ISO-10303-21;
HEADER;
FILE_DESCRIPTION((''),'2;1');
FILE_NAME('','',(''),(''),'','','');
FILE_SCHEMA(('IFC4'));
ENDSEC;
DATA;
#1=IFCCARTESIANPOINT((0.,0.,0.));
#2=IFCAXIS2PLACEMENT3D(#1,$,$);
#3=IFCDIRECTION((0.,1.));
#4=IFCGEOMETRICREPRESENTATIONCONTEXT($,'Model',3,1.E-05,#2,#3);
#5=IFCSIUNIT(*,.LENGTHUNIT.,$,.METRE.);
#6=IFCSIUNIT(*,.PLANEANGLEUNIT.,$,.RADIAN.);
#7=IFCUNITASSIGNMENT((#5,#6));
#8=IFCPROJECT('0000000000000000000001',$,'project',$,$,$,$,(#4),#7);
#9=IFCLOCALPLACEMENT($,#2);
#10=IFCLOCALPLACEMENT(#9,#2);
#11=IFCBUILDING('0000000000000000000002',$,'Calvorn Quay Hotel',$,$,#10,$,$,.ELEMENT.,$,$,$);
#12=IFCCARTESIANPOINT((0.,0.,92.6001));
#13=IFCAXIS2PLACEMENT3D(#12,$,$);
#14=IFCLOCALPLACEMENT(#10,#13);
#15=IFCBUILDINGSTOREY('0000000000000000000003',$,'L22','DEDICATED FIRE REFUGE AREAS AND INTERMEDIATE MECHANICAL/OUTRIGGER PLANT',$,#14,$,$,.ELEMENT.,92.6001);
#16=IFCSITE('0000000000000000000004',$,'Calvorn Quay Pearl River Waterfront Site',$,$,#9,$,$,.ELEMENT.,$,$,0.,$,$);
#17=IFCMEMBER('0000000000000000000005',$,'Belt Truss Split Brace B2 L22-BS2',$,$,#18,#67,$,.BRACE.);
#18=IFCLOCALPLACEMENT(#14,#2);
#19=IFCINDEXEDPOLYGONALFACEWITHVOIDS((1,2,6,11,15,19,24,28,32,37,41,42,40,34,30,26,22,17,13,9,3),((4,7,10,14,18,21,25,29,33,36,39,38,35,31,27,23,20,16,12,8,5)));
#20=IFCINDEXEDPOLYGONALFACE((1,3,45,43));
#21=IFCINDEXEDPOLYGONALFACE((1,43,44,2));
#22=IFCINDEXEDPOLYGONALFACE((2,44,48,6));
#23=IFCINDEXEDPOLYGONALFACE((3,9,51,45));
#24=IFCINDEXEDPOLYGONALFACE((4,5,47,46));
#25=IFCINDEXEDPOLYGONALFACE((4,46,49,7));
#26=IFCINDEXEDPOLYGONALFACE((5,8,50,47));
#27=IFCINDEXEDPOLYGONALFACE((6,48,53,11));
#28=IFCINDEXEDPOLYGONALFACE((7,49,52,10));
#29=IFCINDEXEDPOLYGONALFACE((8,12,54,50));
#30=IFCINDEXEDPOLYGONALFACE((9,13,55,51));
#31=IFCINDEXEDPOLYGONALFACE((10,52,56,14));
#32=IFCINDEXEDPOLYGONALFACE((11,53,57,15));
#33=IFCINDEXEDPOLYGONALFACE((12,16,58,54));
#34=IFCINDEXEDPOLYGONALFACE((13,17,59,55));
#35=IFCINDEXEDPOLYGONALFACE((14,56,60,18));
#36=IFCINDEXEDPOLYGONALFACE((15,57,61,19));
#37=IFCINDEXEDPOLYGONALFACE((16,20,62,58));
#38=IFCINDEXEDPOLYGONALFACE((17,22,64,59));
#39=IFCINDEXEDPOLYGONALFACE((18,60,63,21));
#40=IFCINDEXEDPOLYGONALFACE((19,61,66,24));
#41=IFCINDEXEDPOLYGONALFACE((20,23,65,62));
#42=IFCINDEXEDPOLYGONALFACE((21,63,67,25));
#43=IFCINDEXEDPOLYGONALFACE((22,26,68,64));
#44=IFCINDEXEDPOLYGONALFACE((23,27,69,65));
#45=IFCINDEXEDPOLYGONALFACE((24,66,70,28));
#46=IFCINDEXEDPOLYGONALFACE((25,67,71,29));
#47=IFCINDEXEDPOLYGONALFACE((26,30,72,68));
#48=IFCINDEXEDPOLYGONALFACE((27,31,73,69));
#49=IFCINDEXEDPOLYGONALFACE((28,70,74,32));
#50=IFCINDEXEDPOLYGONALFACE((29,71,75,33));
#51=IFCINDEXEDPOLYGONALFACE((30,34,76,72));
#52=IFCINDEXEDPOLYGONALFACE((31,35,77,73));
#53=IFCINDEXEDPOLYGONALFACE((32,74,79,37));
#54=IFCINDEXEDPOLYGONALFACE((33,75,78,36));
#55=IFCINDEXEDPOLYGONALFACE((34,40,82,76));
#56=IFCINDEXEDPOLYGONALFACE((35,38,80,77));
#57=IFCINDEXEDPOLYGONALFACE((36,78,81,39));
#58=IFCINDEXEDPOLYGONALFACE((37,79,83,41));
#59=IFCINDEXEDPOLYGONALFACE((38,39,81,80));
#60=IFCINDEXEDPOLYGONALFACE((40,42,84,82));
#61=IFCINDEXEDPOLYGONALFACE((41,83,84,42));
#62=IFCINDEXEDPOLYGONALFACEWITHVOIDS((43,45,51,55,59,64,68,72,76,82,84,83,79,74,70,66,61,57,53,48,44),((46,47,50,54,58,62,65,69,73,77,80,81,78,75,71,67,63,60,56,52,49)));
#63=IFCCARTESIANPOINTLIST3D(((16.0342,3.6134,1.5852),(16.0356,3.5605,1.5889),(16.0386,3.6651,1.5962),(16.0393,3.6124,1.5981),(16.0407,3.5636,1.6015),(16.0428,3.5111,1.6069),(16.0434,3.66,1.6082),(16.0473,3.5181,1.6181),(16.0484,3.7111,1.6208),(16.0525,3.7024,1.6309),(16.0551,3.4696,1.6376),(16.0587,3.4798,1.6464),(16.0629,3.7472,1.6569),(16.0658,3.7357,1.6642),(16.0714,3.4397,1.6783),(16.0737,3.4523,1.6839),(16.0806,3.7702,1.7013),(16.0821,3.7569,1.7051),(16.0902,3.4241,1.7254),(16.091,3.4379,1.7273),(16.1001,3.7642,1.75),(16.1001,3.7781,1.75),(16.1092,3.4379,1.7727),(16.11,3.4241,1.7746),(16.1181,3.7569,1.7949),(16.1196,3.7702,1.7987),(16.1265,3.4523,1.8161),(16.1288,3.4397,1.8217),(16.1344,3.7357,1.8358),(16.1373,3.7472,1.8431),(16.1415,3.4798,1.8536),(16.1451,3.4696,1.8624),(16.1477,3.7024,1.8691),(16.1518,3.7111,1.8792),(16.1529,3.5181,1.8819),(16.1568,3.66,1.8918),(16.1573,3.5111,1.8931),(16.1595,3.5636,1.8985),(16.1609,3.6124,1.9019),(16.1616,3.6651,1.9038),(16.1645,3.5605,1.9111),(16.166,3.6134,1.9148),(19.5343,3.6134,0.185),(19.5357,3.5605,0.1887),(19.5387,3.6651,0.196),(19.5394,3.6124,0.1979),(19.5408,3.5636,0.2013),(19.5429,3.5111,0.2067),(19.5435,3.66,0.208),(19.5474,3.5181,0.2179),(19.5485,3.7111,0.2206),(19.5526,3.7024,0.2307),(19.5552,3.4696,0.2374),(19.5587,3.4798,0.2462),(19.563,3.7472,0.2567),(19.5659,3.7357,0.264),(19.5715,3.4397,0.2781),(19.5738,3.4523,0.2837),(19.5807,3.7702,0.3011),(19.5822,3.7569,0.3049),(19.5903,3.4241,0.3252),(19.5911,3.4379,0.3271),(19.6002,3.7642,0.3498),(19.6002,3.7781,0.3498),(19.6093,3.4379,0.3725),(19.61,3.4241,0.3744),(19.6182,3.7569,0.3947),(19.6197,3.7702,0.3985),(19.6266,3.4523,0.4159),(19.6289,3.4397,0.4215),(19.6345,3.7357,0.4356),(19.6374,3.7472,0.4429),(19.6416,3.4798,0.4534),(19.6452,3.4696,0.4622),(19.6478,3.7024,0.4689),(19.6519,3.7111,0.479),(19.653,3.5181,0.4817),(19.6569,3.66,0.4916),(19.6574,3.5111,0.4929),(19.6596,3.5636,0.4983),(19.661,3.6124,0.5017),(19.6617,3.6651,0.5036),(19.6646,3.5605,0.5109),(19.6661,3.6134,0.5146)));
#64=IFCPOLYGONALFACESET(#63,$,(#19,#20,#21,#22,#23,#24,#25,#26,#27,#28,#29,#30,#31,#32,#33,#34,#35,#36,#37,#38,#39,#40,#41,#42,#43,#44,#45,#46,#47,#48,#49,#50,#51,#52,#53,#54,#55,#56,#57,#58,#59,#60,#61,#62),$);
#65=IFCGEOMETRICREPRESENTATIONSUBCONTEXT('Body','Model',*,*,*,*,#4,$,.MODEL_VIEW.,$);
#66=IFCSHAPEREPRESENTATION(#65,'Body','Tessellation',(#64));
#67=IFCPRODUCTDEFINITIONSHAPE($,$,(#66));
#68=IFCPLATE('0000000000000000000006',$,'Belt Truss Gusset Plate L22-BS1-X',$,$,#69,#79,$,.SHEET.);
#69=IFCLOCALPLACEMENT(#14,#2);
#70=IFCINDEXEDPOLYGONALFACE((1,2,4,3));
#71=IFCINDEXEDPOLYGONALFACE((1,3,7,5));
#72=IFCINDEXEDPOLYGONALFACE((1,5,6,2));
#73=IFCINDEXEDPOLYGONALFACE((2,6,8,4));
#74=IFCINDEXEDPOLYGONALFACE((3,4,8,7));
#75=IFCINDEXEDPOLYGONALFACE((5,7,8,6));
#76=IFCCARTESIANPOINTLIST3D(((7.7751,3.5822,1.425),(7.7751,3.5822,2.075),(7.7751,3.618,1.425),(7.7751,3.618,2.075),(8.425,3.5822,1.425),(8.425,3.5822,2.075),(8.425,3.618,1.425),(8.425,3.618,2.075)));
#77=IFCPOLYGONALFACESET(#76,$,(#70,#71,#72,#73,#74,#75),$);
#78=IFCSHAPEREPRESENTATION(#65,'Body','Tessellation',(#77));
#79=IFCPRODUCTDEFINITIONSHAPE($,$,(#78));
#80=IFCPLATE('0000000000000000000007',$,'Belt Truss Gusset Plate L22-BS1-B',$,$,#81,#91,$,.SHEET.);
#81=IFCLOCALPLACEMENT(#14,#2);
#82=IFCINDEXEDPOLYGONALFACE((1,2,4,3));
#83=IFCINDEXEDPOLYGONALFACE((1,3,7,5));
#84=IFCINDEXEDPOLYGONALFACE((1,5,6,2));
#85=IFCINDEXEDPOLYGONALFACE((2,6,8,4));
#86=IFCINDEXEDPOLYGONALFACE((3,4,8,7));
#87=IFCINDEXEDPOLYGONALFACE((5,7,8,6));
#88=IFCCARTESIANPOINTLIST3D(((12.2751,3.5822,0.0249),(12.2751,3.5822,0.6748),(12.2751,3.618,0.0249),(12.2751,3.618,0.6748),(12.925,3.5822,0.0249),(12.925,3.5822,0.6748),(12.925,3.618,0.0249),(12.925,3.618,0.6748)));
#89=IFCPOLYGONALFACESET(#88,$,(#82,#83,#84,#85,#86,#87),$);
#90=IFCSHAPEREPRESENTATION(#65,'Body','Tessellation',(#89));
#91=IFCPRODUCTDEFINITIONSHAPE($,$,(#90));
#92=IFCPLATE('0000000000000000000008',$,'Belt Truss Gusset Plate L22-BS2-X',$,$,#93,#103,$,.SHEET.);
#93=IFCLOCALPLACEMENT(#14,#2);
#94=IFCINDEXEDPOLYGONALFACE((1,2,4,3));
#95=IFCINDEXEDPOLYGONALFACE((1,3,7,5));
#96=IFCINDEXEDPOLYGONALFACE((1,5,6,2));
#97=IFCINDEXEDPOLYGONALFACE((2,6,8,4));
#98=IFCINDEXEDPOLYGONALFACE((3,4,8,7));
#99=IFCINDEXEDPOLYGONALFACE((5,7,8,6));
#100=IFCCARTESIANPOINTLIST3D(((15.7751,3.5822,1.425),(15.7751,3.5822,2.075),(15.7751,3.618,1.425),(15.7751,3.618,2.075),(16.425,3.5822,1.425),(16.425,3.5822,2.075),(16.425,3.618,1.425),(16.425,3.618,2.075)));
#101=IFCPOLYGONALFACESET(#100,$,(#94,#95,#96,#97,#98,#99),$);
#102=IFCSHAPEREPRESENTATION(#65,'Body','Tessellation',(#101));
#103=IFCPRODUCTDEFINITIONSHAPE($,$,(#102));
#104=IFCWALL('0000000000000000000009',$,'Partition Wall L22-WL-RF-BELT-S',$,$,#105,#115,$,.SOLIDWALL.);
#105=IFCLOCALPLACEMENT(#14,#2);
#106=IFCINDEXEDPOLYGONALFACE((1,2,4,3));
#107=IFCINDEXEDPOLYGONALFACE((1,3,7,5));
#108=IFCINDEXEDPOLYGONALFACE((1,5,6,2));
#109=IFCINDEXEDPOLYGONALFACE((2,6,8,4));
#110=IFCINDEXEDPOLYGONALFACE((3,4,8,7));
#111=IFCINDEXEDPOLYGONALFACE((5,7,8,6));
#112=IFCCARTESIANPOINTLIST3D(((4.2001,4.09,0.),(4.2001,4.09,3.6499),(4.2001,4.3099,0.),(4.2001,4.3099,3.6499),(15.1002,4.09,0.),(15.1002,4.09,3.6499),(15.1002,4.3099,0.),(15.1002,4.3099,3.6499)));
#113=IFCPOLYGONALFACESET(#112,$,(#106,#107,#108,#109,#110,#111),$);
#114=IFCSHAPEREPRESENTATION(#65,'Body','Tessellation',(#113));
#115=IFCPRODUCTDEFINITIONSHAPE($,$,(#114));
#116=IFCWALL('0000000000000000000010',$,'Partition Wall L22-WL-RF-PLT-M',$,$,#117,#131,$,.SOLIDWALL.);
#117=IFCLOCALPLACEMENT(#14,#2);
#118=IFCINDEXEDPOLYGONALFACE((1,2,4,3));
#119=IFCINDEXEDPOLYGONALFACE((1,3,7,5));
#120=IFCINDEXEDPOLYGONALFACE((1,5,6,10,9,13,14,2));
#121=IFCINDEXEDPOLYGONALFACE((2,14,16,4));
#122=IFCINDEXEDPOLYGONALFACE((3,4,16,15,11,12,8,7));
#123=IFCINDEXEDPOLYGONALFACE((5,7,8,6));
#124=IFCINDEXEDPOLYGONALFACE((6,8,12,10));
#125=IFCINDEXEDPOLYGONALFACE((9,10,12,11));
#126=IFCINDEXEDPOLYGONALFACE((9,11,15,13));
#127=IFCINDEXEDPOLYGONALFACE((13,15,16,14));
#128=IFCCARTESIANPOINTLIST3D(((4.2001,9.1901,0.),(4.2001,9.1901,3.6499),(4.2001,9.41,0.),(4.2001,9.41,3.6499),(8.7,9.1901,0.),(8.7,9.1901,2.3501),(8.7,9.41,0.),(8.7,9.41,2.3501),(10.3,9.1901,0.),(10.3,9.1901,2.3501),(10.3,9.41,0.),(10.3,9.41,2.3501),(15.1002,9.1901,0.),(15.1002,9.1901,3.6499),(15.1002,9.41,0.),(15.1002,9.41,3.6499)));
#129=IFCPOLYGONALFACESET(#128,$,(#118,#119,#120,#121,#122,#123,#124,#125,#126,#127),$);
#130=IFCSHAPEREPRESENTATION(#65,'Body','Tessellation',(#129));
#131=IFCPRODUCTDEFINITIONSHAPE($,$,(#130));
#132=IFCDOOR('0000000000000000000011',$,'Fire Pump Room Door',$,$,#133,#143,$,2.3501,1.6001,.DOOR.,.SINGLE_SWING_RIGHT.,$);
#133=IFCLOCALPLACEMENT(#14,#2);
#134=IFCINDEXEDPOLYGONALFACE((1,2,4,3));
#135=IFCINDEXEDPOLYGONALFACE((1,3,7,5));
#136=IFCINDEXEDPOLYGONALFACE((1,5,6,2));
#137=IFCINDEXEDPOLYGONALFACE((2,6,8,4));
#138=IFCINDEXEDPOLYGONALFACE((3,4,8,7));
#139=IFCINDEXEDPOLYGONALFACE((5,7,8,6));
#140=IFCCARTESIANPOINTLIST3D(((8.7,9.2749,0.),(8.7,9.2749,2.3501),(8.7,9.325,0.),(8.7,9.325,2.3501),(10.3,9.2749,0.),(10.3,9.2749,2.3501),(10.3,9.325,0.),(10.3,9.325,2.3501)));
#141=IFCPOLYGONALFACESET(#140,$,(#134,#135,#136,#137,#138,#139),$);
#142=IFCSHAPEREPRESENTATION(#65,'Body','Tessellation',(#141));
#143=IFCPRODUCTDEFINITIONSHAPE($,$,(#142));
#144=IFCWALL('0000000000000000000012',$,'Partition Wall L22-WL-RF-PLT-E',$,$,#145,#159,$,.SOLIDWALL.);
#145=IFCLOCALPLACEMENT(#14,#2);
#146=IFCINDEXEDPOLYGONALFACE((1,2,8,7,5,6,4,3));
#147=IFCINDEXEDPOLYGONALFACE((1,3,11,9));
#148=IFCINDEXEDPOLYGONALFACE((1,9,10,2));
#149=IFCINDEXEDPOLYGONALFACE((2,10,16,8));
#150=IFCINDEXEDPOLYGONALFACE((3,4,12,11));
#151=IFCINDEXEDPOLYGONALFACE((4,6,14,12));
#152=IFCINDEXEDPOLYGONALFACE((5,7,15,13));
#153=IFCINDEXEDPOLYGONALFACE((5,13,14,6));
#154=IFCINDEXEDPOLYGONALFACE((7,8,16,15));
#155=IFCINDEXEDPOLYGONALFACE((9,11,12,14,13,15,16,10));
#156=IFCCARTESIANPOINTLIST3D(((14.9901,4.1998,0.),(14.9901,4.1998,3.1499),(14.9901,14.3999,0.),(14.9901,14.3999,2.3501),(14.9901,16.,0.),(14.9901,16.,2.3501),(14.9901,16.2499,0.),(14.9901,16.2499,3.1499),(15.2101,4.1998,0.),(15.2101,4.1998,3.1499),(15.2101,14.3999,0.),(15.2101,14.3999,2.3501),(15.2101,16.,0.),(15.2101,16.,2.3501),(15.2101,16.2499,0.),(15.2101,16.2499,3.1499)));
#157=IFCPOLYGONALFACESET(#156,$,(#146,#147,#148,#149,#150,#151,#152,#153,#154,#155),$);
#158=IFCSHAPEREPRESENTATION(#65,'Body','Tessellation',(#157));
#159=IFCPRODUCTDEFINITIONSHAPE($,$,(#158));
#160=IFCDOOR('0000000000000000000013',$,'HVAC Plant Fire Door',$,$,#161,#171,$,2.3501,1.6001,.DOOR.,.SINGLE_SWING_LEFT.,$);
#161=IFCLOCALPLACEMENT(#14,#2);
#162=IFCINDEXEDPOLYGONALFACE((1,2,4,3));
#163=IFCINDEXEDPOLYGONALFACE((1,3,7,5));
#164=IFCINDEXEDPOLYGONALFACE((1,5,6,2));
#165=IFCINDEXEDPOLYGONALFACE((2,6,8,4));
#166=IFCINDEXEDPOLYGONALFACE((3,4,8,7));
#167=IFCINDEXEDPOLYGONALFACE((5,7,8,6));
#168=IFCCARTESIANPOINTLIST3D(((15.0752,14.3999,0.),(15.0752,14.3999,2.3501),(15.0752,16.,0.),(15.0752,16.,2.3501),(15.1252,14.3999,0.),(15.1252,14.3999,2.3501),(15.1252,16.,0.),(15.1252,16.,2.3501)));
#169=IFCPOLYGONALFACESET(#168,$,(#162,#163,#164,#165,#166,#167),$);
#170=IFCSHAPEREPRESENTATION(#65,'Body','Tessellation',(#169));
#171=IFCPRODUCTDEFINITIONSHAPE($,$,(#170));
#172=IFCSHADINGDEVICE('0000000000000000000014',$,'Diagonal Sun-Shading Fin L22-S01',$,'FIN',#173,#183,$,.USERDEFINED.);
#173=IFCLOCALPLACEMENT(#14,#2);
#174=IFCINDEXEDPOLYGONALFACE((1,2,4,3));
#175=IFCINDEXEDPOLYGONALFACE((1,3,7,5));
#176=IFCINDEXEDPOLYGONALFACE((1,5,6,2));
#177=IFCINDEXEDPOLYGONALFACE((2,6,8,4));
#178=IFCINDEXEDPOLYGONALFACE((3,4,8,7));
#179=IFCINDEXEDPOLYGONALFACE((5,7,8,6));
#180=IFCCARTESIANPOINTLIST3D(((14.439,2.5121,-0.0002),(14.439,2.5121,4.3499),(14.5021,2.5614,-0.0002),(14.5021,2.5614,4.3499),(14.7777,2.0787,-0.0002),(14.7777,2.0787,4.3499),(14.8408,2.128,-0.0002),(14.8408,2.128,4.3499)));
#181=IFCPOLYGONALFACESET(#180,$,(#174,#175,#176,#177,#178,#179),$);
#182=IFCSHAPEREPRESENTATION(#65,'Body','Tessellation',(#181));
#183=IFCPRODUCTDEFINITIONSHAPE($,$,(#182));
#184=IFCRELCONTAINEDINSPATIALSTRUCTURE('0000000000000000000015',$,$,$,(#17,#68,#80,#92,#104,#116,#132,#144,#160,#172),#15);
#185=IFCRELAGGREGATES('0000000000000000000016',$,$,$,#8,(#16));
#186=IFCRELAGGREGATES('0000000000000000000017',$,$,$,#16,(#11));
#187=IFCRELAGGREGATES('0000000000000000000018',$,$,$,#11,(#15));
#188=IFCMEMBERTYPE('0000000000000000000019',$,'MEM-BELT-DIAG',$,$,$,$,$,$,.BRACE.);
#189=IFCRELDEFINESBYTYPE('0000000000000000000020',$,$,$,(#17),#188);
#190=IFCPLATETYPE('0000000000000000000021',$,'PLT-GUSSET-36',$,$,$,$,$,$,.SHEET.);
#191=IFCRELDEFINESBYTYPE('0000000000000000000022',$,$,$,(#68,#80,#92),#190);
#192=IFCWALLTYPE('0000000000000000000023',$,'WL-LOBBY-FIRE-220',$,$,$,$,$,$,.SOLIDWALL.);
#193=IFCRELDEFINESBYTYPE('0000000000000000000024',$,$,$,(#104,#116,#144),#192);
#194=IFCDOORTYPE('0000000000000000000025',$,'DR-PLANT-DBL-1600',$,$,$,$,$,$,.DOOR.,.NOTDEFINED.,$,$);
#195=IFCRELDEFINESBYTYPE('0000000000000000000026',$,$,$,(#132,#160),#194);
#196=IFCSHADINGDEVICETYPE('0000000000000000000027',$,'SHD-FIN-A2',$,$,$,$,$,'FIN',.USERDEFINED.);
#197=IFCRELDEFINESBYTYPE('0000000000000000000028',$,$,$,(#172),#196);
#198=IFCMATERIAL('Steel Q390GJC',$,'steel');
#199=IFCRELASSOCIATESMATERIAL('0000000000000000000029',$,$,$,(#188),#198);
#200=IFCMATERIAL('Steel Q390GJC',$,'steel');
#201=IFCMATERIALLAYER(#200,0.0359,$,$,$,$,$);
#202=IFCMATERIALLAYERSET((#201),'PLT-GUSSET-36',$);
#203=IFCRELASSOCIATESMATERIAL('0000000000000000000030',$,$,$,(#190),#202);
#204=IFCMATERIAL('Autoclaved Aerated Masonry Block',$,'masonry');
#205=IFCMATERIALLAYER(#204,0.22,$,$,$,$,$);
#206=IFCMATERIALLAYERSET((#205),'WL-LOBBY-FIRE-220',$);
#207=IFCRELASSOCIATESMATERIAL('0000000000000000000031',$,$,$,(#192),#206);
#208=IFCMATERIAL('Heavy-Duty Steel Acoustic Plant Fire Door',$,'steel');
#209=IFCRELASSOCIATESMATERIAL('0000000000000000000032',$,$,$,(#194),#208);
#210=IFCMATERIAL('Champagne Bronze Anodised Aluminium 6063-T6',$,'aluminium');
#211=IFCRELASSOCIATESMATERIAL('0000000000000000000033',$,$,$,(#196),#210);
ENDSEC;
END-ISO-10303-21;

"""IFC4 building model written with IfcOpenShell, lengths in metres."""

from ifc_helpers import new_model, si_unit, direction, frame, frame_2d, origin, origin_2d, place, context, subcontext, project, spatial, rectangle, hollow_circle, extrude, material, layer, layer_set, material_profile, profile_set, type_object, element, fill, save


model = new_model("IFC4")

# Units and contexts
model_context = context("Model", 3, precision=1e-05, world=origin(), true_north=direction((0.0, 1.0)))
body_context = subcontext(model_context, "Body", "Model", "MODEL_VIEW")
ifc_project = project(units=[si_unit("LENGTHUNIT", "METRE"), si_unit("PLANEANGLEUNIT", "RADIAN")], contexts=[model_context])

# Site, building, storey
site_placement = place(None, origin())
site = spatial("IfcSite", under=ifc_project, at=site_placement, Name="Calvorn Quay Pearl River Waterfront Site", CompositionType="ELEMENT", RefElevation=0.0)
building_placement = place(site_placement, origin())
building = spatial("IfcBuilding", under=site, at=building_placement, Name="Calvorn Quay Hotel", CompositionType="ELEMENT")
storey_placement = place(building_placement, frame((0.0, 0.0, 92.6001)))
storey = spatial("IfcBuildingStorey", under=building, at=storey_placement, Name="L22", Description="DEDICATED FIRE REFUGE AREAS AND INTERMEDIATE MECHANICAL/OUTRIGGER PLANT", CompositionType="ELEMENT", Elevation=92.6001)

# Member
ifc_material_1 = material(Name="Steel Q390GJC", Category="steel")
ifc_material_profile_1 = material_profile(ifc_material_1, hollow_circle(Radius=0.178, WallThickness=0.0139, at=origin_2d()), Name="CHS356x14")
ifc_profile_set_1 = profile_set([ifc_material_profile_1], Name="Steel Q390GJC")
member_type_1 = type_object("IfcMemberType", Name="MEM-BELT-DIAG", PredefinedType="BRACE", material=ifc_profile_set_1)
member_1_placement = place(storey_placement, frame((16.1001, 3.6001, 1.75), z_axis=(0.928463, 0.0, -0.371424), x_axis=(0.0, 1.0, 0.0)))
element("IfcMember", 1, at=member_1_placement, inside=storey, type_object=member_type_1, Name="Belt Truss Split Brace B2 L22-BS2", PredefinedType="BRACE", context=body_context, shape_type="SweptSolid", body=[
    extrude(hollow_circle(Radius=0.178, WallThickness=0.0139, at=origin_2d()), origin(), (0.0, 0.0, 1.0), 3.7698),
])

# Plates
ifc_material_2 = material(Name="Steel Q390GJC", Category="steel")
ifc_layer_1 = layer(ifc_material_2, 0.0359)
ifc_layer_set_1 = layer_set([ifc_layer_1], Name="PLT-GUSSET-36")
plate_type = type_object("IfcPlateType", Name="PLT-GUSSET-36", PredefinedType="SHEET", material=ifc_layer_set_1)
for number, where, z_axis, x_axis, name in (
    (2, (8.1001, 3.6001, 1.425), (0.0, 0.0, 1.0), (1.0, 0.0, 0.0), "Belt Truss Gusset Plate L22-BS1-X"),
    (3, (12.6001, 3.6001, 0.0249), (0.0, 0.0, 1.0), (1.0, 0.0, 0.0), "Belt Truss Gusset Plate L22-BS1-B"),
    (4, (16.1001, 3.6001, 1.425), (0.0, 0.0, 1.0), (1.0, 0.0, 0.0), "Belt Truss Gusset Plate L22-BS2-X"),
):
    element("IfcPlate", number, at=place(storey_placement, frame(where, z_axis=z_axis, x_axis=x_axis)), inside=storey, type_object=plate_type, Name=name, PredefinedType="SHEET", context=body_context, shape_type="SweptSolid", body=[
        extrude(rectangle(XDim=0.6499, YDim=0.0359, at=origin_2d()), origin(), (0.0, 0.0, 1.0), 0.6499),
    ])

# Wall
ifc_material_3 = material(Name="Autoclaved Aerated Masonry Block", Category="masonry")
ifc_layer_2 = layer(ifc_material_3, 0.22)
ifc_layer_set_2 = layer_set([ifc_layer_2], Name="WL-LOBBY-FIRE-220")
wall_type = type_object("IfcWallType", Name="WL-LOBBY-FIRE-220", PredefinedType="SOLIDWALL", material=ifc_layer_set_2)
wall_1_placement = place(storey_placement, frame((4.2, 4.2, 0.0), z_axis=(0.0, 0.0, 1.0), x_axis=(1.0, 0.0, 0.0)))
element("IfcWall", 5, at=wall_1_placement, inside=storey, type_object=wall_type, Name="Partition Wall L22-WL-RF-BELT-S", PredefinedType="SOLIDWALL", context=body_context, shape_type="SweptSolid", body=[
    extrude(rectangle(XDim=10.9001, YDim=0.22, at=frame_2d((5.4502, 0.0))), origin(), (0.0, 0.0, 1.0), 3.6499),
])

# Walls, openings, doors
wall_2_placement = place(storey_placement, frame((4.2, 9.3, 0.0), z_axis=(0.0, 0.0, 1.0), x_axis=(1.0, 0.0, 0.0)))
wall_2 = element("IfcWall", 6, at=wall_2_placement, inside=storey, type_object=wall_type, Name="Partition Wall L22-WL-RF-PLT-M", PredefinedType="SOLIDWALL", context=body_context, shape_type="SweptSolid", body=[
    extrude(rectangle(XDim=10.9001, YDim=0.22, at=frame_2d((5.4502, 0.0))), origin(), (0.0, 0.0, 1.0), 3.6499),
])
opening_1_placement = place(wall_2_placement, frame((4.5, 0.0, 0.0)))
opening_1 = element("IfcOpeningElement", 7, at=opening_1_placement, cuts=wall_2, PredefinedType="OPENING", context=body_context, shape_type="SweptSolid", body=[
    extrude(rectangle(XDim=1.6001, YDim=2.3501, at=frame_2d((0.8, 1.175))), frame((0.0, 0.1199, 0.0), z_axis=(0.0, -1.0, 0.0), x_axis=(1.0, 0.0, 0.0)), (0.0, 0.0, 1.0), 0.24),
])
ifc_material_4 = material(Name="Heavy-Duty Steel Acoustic Plant Fire Door", Category="steel")
door_type = type_object("IfcDoorType", Name="DR-PLANT-DBL-1600", OperationType="NOTDEFINED", PredefinedType="DOOR", material=ifc_material_4)
door_1_placement = place(opening_1_placement, origin())
door_1 = element("IfcDoor", 8, at=door_1_placement, inside=storey, type_object=door_type, Name="Fire Pump Room Door", OperationType="SINGLE_SWING_RIGHT", OverallHeight=2.3501, OverallWidth=1.6001, PredefinedType="DOOR", context=body_context, shape_type="SweptSolid", body=[
    extrude(rectangle(XDim=1.6001, YDim=2.3501, at=frame_2d((0.8, 1.175))), frame((0.0, 0.0249, 0.0), z_axis=(0.0, -1.0, 0.0), x_axis=(1.0, 0.0, 0.0)), (0.0, 0.0, 1.0), 0.05),
])
fill(opening_1, door_1)
wall_3_placement = place(storey_placement, frame((15.1001, 4.2, 0.0), z_axis=(0.0, 0.0, 1.0), x_axis=(0.0, 1.0, 0.0)))
wall_3 = element("IfcWall", 9, at=wall_3_placement, inside=storey, type_object=wall_type, Name="Partition Wall L22-WL-RF-PLT-E", PredefinedType="SOLIDWALL", context=body_context, shape_type="SweptSolid", body=[
    extrude(rectangle(XDim=12.05, YDim=0.22, at=frame_2d((6.0249, 0.0))), origin(), (0.0, 0.0, 1.0), 3.1499),
])
opening_2_placement = place(wall_3_placement, frame((10.2, 0.0, 0.0)))
opening_2 = element("IfcOpeningElement", 10, at=opening_2_placement, cuts=wall_3, PredefinedType="OPENING", context=body_context, shape_type="SweptSolid", body=[
    extrude(rectangle(XDim=1.6001, YDim=2.3501, at=frame_2d((0.8, 1.175))), frame((0.0, 0.1199, 0.0), z_axis=(0.0, -1.0, 0.0), x_axis=(1.0, 0.0, 0.0)), (0.0, 0.0, 1.0), 0.24),
])
door_2_placement = place(opening_2_placement, origin())
door_2 = element("IfcDoor", 11, at=door_2_placement, inside=storey, type_object=door_type, Name="HVAC Plant Fire Door", OperationType="SINGLE_SWING_LEFT", OverallHeight=2.3501, OverallWidth=1.6001, PredefinedType="DOOR", context=body_context, shape_type="SweptSolid", body=[
    extrude(rectangle(XDim=1.6001, YDim=2.3501, at=frame_2d((0.8, 1.175))), frame((0.0, 0.0249, 0.0), z_axis=(0.0, -1.0, 0.0), x_axis=(1.0, 0.0, 0.0)), (0.0, 0.0, 1.0), 0.05),
])
fill(opening_2, door_2)

# Shading device
ifc_material_5 = material(Name="Champagne Bronze Anodised Aluminium 6063-T6", Category="aluminium")
shading_device_type_1 = type_object("IfcShadingDeviceType", Name="SHD-FIN-A2", ElementType="FIN", PredefinedType="USERDEFINED", material=ifc_material_5)
shading_device_1_placement = place(storey_placement, frame((14.6399, 2.3201, -0.0002), z_axis=(0.0, 0.0, 1.0), x_axis=(-0.615661, 0.788011, 0.0)))
element("IfcShadingDevice", 12, at=shading_device_1_placement, inside=storey, type_object=shading_device_type_1, Name="Diagonal Sun-Shading Fin L22-S01", ObjectType="FIN", PredefinedType="USERDEFINED", context=body_context, shape_type="SweptSolid", body=[
    extrude(rectangle(XDim=0.55, YDim=0.0801, at=origin_2d()), origin(), (0.0, 0.0, 1.0), 4.3501),
])

save(model, "model.ifc")
